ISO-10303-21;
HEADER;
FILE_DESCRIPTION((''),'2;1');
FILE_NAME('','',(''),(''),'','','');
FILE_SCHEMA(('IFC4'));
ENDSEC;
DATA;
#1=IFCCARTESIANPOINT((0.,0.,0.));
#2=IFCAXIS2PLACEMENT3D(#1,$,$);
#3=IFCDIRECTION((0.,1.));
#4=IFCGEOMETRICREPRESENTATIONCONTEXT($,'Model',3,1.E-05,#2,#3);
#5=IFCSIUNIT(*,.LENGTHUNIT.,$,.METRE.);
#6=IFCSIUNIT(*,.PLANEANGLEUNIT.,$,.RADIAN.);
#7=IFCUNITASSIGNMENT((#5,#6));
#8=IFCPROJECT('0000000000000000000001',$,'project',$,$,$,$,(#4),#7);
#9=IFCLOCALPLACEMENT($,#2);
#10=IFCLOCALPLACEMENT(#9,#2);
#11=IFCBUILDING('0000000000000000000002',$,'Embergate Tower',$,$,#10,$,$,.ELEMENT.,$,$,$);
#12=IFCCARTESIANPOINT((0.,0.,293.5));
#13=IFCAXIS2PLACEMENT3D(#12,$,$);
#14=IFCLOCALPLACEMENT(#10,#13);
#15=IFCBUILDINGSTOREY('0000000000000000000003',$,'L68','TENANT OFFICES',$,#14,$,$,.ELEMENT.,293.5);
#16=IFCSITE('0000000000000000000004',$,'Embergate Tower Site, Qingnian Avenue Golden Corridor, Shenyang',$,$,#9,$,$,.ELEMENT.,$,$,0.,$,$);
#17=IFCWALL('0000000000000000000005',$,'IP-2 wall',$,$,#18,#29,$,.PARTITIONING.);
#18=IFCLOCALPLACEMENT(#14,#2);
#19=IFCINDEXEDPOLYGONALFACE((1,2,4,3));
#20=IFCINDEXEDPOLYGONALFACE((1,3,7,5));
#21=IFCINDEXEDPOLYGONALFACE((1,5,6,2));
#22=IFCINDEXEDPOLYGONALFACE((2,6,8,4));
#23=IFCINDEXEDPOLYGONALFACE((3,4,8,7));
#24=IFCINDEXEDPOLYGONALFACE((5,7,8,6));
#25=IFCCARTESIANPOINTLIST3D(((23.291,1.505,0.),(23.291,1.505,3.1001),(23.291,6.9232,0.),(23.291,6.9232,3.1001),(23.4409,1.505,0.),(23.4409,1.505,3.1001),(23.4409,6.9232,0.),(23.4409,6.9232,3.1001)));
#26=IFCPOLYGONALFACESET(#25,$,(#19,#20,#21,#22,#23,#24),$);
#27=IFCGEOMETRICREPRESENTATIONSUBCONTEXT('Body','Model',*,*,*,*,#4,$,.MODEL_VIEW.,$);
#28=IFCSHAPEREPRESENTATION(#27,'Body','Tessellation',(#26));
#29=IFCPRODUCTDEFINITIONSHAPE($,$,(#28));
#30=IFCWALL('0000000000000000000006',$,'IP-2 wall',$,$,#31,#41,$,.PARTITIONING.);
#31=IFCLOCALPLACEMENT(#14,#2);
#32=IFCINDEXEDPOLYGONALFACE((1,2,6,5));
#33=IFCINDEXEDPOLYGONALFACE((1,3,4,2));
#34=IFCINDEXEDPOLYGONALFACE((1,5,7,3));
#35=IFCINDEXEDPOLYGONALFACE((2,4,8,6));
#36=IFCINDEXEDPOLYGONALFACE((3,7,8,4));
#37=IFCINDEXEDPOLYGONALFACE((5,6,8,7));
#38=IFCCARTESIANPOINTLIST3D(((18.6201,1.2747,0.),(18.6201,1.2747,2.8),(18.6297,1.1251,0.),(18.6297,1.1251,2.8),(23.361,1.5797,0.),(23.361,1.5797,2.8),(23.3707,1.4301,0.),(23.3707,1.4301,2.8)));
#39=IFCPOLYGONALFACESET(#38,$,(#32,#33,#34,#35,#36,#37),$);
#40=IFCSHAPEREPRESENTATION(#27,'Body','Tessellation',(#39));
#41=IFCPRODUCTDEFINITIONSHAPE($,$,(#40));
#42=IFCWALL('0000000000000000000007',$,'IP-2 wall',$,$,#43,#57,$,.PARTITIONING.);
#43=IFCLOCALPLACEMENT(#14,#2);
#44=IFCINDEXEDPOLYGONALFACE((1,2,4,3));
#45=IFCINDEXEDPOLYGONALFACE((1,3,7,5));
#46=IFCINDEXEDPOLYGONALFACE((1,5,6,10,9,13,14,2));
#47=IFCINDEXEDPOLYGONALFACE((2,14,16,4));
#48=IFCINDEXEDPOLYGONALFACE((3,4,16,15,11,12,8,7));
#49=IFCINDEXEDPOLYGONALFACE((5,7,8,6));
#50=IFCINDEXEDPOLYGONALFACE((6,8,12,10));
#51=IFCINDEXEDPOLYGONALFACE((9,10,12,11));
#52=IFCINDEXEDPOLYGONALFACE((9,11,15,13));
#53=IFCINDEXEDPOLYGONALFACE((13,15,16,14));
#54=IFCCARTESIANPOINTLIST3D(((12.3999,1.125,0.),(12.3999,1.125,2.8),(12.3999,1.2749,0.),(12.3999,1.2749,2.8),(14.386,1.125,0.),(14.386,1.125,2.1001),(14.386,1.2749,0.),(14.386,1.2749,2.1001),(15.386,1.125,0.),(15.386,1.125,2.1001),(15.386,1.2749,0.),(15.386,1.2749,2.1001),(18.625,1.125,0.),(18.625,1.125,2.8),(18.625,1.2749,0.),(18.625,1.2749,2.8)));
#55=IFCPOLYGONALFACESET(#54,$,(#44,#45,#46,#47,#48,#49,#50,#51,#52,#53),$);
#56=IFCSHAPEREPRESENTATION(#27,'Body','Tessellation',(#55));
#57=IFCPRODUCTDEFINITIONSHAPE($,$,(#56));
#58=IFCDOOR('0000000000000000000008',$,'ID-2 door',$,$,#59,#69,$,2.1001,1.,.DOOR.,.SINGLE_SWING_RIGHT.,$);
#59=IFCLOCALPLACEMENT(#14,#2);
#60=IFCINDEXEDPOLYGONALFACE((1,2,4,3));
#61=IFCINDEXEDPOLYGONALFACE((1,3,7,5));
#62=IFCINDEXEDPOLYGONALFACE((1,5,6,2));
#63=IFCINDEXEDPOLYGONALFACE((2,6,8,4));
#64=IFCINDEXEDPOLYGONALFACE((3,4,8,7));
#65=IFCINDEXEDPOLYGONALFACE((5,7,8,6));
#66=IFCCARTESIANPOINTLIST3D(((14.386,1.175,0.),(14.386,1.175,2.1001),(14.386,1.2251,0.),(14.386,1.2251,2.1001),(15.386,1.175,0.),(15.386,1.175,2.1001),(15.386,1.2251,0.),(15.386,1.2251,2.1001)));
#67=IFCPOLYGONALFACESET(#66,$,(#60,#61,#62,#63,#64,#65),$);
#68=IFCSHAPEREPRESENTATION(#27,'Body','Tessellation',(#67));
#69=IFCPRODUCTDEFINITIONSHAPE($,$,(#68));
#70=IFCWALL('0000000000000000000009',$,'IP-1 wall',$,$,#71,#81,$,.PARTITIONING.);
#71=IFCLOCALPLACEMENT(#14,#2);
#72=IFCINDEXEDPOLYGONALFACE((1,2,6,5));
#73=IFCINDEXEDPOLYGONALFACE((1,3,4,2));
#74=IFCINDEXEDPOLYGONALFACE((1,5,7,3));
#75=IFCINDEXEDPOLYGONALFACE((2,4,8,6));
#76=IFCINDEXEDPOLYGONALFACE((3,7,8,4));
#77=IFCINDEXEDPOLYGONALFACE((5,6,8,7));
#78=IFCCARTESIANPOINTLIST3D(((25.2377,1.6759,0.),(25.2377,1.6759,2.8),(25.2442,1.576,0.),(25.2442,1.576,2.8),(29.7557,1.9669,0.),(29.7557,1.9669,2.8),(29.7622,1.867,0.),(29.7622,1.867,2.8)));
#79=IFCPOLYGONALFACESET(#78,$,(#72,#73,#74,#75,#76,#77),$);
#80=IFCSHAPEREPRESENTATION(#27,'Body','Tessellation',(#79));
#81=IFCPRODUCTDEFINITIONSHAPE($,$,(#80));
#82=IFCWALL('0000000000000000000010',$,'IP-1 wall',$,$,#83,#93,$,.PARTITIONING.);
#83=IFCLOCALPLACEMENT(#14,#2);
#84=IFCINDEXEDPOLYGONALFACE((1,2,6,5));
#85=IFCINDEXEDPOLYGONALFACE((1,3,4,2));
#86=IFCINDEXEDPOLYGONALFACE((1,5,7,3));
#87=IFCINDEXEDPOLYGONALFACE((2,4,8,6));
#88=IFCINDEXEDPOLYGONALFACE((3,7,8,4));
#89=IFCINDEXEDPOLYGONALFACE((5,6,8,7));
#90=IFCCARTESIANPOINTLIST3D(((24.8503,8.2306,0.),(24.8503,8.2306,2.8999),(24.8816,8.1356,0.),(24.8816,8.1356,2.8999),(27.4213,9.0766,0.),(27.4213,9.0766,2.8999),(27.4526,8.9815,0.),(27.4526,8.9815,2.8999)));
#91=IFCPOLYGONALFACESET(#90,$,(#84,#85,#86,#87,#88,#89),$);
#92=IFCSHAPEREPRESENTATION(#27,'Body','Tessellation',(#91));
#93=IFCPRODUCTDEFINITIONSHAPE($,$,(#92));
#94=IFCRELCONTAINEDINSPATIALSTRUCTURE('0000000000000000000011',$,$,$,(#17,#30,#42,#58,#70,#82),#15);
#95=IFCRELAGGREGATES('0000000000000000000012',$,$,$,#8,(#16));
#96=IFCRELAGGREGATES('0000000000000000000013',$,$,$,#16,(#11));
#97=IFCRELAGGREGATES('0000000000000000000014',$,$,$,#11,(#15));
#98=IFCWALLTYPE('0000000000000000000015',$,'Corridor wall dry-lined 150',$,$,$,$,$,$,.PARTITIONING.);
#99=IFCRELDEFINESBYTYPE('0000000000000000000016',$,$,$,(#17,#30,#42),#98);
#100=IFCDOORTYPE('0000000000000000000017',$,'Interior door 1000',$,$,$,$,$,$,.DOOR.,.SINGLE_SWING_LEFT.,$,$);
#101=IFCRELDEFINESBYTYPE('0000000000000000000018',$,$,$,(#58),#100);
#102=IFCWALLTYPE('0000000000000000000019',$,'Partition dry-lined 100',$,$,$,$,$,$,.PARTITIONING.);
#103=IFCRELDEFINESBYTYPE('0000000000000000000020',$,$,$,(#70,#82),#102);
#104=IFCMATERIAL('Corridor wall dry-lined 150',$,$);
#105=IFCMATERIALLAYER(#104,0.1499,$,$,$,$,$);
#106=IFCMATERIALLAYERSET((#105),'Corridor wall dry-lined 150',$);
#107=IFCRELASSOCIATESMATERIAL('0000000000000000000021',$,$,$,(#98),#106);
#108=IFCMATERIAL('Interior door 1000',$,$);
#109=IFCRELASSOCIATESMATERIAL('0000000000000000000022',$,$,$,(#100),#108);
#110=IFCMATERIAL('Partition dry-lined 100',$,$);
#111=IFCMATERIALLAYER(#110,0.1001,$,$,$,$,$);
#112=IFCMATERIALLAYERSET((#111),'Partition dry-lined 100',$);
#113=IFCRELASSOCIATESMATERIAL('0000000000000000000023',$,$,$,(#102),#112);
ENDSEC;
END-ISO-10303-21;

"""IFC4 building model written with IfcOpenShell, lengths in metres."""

from ifc_helpers import new_model, si_unit, direction, frame, frame_2d, origin, place, context, subcontext, project, spatial, rectangle, extrude, source, transform, mapped, material, layer, layer_set, type_object, element, fill, save


model = new_model("IFC4")

# Units and contexts
model_context = context("Model", 3, precision=1e-05, world=origin(), true_north=direction((0.0, 1.0)))
body_context = subcontext(model_context, "Body", "Model", "MODEL_VIEW")
ifc_project = project(units=[si_unit("LENGTHUNIT", "METRE"), si_unit("PLANEANGLEUNIT", "RADIAN")], contexts=[model_context])

# Site, building, storey
site_placement = place(None, origin())
site = spatial("IfcSite", under=ifc_project, at=site_placement, Name="Embergate Tower Site, Qingnian Avenue Golden Corridor, Shenyang", CompositionType="ELEMENT", RefElevation=0.0)
building_placement = place(site_placement, origin())
building = spatial("IfcBuilding", under=site, at=building_placement, Name="Embergate Tower", CompositionType="ELEMENT")
storey_placement = place(building_placement, frame((0.0, 0.0, 293.5)))
storey = spatial("IfcBuildingStorey", under=building, at=storey_placement, Name="L68", Description="TENANT OFFICES", CompositionType="ELEMENT", Elevation=293.5)

# Shared definitions
ifc_material_1 = material(Name="Corridor wall dry-lined 150")
ifc_layer_1 = layer(ifc_material_1, 0.1499)
ifc_layer_set_1 = layer_set([ifc_layer_1], Name="Corridor wall dry-lined 150")
wall_type_1 = type_object("IfcWallType", Name="Corridor wall dry-lined 150", PredefinedType="PARTITIONING", material=ifc_layer_set_1)

# Shared definitions
shared_shape_1 = source(origin(), body_context, "Body", "SweptSolid", [
    extrude(rectangle(XDim=1.0, YDim=2.1001, at=frame_2d((0.5, 1.05))), frame((0.0, 0.085, 0.0), z_axis=(0.0, -1.0, 0.0), x_axis=(1.0, 0.0, 0.0)), (0.0, 0.0, 1.0), 0.1699),
])
ifc_material_2 = material(Name="Interior door 1000")
door_type_1 = type_object("IfcDoorType", Name="Interior door 1000", OperationType="SINGLE_SWING_LEFT", PredefinedType="DOOR", material=ifc_material_2)
shared_shape_2 = source(origin(), body_context, "Body", "SweptSolid", [
    extrude(rectangle(XDim=1.0, YDim=2.1001, at=frame_2d((0.5, 1.05))), frame((0.0, 0.0249, 0.0), z_axis=(0.0, -1.0, 0.0), x_axis=(1.0, 0.0, 0.0)), (0.0, 0.0, 1.0), 0.05),
])

# Walls
shared_shape_3 = source(origin(), body_context, "Body", "SweptSolid", [
    extrude(rectangle(XDim=5.4182, YDim=0.1499, at=frame_2d((2.709, 0.0))), origin(), (0.0, 0.0, 1.0), 3.1001),
])
wall_1_placement = place(storey_placement, frame((23.366, 6.9231, 0.0), z_axis=(0.0, 0.0, 1.0), x_axis=(0.0, -1.0, 0.0)))
element("IfcWall", 1, at=wall_1_placement, inside=storey, type_object=wall_type_1, Name="IP-2 wall", PredefinedType="PARTITIONING", context=body_context, shape_type="MappedRepresentation", body=[
    mapped(shared_shape_3, transform((0.0, 0.0, 0.0))),
])
shared_shape_4 = source(origin(), body_context, "Body", "SweptSolid", [
    extrude(rectangle(XDim=4.7507, YDim=0.1499, at=frame_2d((2.3755, 0.0))), origin(), (0.0, 0.0, 1.0), 2.8),
])
wall_2_placement = place(storey_placement, frame((23.366, 1.5049, 0.0), z_axis=(0.0, 0.0, 1.0), x_axis=(-0.997938, -0.064186, 0.0)))
element("IfcWall", 2, at=wall_2_placement, inside=storey, type_object=wall_type_1, Name="IP-2 wall", PredefinedType="PARTITIONING", context=body_context, shape_type="MappedRepresentation", body=[
    mapped(shared_shape_4, transform((0.0, 0.0, 0.0))),
])

# Wall, opening, door
shared_shape_5 = source(origin(), body_context, "Body", "SweptSolid", [
    extrude(rectangle(XDim=6.2251, YDim=0.1499, at=frame_2d((3.1125, 0.0))), origin(), (0.0, 0.0, 1.0), 2.8),
])
wall_3_placement = place(storey_placement, frame((18.625, 1.2, 0.0), z_axis=(0.0, 0.0, 1.0), x_axis=(-1.0, 0.0, 0.0)))
wall_3 = element("IfcWall", 3, at=wall_3_placement, inside=storey, type_object=wall_type_1, Name="IP-2 wall", PredefinedType="PARTITIONING", context=body_context, shape_type="MappedRepresentation", body=[
    mapped(shared_shape_5, transform((0.0, 0.0, 0.0))),
])
opening_1_placement = place(wall_3_placement, frame((3.239, 0.0, 0.0)))
opening_1 = element("IfcOpeningElement", 4, at=opening_1_placement, cuts=wall_3, PredefinedType="OPENING", context=body_context, shape_type="MappedRepresentation", body=[
    mapped(shared_shape_1, transform((0.0, 0.0, 0.0))),
])
door_1_placement = place(opening_1_placement, origin())
door_1 = element("IfcDoor", 5, at=door_1_placement, inside=storey, type_object=door_type_1, Name="ID-2 door", OperationType="SINGLE_SWING_RIGHT", OverallHeight=2.1001, OverallWidth=1.0, PredefinedType="DOOR", context=body_context, shape_type="MappedRepresentation", body=[
    mapped(shared_shape_2, transform((0.0, 0.0, 0.0))),
])
fill(opening_1, door_1)

# Walls
ifc_material_3 = material(Name="Partition dry-lined 100")
ifc_layer_2 = layer(ifc_material_3, 0.1001)
ifc_layer_set_2 = layer_set([ifc_layer_2], Name="Partition dry-lined 100")
wall_type_2 = type_object("IfcWallType", Name="Partition dry-lined 100", PredefinedType="PARTITIONING", material=ifc_layer_set_2)
shared_shape_6 = source(origin(), body_context, "Body", "SweptSolid", [
    extrude(rectangle(XDim=4.5273, YDim=0.1001, at=frame_2d((2.2637, 0.0))), origin(), (0.0, 0.0, 1.0), 2.8),
])
wall_4_placement = place(storey_placement, frame((25.241, 1.626, 0.0), z_axis=(0.0, 0.0, 1.0), x_axis=(0.997932, 0.064278, 0.0)))
element("IfcWall", 6, at=wall_4_placement, inside=storey, type_object=wall_type_2, Name="IP-1 wall", PredefinedType="PARTITIONING", context=body_context, shape_type="MappedRepresentation", body=[
    mapped(shared_shape_6, transform((0.0, 0.0, 0.0))),
])
shared_shape_7 = source(origin(), body_context, "Body", "SweptSolid", [
    extrude(rectangle(XDim=2.7065, YDim=0.1001, at=frame_2d((1.3533, 0.0))), origin(), (0.0, 0.0, 1.0), 2.8999),
])
wall_5_placement = place(storey_placement, frame((24.866, 8.1831, 0.0), z_axis=(0.0, 0.0, 1.0), x_axis=(0.949903, 0.312545, 0.0)))
element("IfcWall", 7, at=wall_5_placement, inside=storey, type_object=wall_type_2, Name="IP-1 wall", PredefinedType="PARTITIONING", context=body_context, shape_type="MappedRepresentation", body=[
    mapped(shared_shape_7, transform((0.0, 0.0, 0.0))),
])

save(model, "model.ifc")
